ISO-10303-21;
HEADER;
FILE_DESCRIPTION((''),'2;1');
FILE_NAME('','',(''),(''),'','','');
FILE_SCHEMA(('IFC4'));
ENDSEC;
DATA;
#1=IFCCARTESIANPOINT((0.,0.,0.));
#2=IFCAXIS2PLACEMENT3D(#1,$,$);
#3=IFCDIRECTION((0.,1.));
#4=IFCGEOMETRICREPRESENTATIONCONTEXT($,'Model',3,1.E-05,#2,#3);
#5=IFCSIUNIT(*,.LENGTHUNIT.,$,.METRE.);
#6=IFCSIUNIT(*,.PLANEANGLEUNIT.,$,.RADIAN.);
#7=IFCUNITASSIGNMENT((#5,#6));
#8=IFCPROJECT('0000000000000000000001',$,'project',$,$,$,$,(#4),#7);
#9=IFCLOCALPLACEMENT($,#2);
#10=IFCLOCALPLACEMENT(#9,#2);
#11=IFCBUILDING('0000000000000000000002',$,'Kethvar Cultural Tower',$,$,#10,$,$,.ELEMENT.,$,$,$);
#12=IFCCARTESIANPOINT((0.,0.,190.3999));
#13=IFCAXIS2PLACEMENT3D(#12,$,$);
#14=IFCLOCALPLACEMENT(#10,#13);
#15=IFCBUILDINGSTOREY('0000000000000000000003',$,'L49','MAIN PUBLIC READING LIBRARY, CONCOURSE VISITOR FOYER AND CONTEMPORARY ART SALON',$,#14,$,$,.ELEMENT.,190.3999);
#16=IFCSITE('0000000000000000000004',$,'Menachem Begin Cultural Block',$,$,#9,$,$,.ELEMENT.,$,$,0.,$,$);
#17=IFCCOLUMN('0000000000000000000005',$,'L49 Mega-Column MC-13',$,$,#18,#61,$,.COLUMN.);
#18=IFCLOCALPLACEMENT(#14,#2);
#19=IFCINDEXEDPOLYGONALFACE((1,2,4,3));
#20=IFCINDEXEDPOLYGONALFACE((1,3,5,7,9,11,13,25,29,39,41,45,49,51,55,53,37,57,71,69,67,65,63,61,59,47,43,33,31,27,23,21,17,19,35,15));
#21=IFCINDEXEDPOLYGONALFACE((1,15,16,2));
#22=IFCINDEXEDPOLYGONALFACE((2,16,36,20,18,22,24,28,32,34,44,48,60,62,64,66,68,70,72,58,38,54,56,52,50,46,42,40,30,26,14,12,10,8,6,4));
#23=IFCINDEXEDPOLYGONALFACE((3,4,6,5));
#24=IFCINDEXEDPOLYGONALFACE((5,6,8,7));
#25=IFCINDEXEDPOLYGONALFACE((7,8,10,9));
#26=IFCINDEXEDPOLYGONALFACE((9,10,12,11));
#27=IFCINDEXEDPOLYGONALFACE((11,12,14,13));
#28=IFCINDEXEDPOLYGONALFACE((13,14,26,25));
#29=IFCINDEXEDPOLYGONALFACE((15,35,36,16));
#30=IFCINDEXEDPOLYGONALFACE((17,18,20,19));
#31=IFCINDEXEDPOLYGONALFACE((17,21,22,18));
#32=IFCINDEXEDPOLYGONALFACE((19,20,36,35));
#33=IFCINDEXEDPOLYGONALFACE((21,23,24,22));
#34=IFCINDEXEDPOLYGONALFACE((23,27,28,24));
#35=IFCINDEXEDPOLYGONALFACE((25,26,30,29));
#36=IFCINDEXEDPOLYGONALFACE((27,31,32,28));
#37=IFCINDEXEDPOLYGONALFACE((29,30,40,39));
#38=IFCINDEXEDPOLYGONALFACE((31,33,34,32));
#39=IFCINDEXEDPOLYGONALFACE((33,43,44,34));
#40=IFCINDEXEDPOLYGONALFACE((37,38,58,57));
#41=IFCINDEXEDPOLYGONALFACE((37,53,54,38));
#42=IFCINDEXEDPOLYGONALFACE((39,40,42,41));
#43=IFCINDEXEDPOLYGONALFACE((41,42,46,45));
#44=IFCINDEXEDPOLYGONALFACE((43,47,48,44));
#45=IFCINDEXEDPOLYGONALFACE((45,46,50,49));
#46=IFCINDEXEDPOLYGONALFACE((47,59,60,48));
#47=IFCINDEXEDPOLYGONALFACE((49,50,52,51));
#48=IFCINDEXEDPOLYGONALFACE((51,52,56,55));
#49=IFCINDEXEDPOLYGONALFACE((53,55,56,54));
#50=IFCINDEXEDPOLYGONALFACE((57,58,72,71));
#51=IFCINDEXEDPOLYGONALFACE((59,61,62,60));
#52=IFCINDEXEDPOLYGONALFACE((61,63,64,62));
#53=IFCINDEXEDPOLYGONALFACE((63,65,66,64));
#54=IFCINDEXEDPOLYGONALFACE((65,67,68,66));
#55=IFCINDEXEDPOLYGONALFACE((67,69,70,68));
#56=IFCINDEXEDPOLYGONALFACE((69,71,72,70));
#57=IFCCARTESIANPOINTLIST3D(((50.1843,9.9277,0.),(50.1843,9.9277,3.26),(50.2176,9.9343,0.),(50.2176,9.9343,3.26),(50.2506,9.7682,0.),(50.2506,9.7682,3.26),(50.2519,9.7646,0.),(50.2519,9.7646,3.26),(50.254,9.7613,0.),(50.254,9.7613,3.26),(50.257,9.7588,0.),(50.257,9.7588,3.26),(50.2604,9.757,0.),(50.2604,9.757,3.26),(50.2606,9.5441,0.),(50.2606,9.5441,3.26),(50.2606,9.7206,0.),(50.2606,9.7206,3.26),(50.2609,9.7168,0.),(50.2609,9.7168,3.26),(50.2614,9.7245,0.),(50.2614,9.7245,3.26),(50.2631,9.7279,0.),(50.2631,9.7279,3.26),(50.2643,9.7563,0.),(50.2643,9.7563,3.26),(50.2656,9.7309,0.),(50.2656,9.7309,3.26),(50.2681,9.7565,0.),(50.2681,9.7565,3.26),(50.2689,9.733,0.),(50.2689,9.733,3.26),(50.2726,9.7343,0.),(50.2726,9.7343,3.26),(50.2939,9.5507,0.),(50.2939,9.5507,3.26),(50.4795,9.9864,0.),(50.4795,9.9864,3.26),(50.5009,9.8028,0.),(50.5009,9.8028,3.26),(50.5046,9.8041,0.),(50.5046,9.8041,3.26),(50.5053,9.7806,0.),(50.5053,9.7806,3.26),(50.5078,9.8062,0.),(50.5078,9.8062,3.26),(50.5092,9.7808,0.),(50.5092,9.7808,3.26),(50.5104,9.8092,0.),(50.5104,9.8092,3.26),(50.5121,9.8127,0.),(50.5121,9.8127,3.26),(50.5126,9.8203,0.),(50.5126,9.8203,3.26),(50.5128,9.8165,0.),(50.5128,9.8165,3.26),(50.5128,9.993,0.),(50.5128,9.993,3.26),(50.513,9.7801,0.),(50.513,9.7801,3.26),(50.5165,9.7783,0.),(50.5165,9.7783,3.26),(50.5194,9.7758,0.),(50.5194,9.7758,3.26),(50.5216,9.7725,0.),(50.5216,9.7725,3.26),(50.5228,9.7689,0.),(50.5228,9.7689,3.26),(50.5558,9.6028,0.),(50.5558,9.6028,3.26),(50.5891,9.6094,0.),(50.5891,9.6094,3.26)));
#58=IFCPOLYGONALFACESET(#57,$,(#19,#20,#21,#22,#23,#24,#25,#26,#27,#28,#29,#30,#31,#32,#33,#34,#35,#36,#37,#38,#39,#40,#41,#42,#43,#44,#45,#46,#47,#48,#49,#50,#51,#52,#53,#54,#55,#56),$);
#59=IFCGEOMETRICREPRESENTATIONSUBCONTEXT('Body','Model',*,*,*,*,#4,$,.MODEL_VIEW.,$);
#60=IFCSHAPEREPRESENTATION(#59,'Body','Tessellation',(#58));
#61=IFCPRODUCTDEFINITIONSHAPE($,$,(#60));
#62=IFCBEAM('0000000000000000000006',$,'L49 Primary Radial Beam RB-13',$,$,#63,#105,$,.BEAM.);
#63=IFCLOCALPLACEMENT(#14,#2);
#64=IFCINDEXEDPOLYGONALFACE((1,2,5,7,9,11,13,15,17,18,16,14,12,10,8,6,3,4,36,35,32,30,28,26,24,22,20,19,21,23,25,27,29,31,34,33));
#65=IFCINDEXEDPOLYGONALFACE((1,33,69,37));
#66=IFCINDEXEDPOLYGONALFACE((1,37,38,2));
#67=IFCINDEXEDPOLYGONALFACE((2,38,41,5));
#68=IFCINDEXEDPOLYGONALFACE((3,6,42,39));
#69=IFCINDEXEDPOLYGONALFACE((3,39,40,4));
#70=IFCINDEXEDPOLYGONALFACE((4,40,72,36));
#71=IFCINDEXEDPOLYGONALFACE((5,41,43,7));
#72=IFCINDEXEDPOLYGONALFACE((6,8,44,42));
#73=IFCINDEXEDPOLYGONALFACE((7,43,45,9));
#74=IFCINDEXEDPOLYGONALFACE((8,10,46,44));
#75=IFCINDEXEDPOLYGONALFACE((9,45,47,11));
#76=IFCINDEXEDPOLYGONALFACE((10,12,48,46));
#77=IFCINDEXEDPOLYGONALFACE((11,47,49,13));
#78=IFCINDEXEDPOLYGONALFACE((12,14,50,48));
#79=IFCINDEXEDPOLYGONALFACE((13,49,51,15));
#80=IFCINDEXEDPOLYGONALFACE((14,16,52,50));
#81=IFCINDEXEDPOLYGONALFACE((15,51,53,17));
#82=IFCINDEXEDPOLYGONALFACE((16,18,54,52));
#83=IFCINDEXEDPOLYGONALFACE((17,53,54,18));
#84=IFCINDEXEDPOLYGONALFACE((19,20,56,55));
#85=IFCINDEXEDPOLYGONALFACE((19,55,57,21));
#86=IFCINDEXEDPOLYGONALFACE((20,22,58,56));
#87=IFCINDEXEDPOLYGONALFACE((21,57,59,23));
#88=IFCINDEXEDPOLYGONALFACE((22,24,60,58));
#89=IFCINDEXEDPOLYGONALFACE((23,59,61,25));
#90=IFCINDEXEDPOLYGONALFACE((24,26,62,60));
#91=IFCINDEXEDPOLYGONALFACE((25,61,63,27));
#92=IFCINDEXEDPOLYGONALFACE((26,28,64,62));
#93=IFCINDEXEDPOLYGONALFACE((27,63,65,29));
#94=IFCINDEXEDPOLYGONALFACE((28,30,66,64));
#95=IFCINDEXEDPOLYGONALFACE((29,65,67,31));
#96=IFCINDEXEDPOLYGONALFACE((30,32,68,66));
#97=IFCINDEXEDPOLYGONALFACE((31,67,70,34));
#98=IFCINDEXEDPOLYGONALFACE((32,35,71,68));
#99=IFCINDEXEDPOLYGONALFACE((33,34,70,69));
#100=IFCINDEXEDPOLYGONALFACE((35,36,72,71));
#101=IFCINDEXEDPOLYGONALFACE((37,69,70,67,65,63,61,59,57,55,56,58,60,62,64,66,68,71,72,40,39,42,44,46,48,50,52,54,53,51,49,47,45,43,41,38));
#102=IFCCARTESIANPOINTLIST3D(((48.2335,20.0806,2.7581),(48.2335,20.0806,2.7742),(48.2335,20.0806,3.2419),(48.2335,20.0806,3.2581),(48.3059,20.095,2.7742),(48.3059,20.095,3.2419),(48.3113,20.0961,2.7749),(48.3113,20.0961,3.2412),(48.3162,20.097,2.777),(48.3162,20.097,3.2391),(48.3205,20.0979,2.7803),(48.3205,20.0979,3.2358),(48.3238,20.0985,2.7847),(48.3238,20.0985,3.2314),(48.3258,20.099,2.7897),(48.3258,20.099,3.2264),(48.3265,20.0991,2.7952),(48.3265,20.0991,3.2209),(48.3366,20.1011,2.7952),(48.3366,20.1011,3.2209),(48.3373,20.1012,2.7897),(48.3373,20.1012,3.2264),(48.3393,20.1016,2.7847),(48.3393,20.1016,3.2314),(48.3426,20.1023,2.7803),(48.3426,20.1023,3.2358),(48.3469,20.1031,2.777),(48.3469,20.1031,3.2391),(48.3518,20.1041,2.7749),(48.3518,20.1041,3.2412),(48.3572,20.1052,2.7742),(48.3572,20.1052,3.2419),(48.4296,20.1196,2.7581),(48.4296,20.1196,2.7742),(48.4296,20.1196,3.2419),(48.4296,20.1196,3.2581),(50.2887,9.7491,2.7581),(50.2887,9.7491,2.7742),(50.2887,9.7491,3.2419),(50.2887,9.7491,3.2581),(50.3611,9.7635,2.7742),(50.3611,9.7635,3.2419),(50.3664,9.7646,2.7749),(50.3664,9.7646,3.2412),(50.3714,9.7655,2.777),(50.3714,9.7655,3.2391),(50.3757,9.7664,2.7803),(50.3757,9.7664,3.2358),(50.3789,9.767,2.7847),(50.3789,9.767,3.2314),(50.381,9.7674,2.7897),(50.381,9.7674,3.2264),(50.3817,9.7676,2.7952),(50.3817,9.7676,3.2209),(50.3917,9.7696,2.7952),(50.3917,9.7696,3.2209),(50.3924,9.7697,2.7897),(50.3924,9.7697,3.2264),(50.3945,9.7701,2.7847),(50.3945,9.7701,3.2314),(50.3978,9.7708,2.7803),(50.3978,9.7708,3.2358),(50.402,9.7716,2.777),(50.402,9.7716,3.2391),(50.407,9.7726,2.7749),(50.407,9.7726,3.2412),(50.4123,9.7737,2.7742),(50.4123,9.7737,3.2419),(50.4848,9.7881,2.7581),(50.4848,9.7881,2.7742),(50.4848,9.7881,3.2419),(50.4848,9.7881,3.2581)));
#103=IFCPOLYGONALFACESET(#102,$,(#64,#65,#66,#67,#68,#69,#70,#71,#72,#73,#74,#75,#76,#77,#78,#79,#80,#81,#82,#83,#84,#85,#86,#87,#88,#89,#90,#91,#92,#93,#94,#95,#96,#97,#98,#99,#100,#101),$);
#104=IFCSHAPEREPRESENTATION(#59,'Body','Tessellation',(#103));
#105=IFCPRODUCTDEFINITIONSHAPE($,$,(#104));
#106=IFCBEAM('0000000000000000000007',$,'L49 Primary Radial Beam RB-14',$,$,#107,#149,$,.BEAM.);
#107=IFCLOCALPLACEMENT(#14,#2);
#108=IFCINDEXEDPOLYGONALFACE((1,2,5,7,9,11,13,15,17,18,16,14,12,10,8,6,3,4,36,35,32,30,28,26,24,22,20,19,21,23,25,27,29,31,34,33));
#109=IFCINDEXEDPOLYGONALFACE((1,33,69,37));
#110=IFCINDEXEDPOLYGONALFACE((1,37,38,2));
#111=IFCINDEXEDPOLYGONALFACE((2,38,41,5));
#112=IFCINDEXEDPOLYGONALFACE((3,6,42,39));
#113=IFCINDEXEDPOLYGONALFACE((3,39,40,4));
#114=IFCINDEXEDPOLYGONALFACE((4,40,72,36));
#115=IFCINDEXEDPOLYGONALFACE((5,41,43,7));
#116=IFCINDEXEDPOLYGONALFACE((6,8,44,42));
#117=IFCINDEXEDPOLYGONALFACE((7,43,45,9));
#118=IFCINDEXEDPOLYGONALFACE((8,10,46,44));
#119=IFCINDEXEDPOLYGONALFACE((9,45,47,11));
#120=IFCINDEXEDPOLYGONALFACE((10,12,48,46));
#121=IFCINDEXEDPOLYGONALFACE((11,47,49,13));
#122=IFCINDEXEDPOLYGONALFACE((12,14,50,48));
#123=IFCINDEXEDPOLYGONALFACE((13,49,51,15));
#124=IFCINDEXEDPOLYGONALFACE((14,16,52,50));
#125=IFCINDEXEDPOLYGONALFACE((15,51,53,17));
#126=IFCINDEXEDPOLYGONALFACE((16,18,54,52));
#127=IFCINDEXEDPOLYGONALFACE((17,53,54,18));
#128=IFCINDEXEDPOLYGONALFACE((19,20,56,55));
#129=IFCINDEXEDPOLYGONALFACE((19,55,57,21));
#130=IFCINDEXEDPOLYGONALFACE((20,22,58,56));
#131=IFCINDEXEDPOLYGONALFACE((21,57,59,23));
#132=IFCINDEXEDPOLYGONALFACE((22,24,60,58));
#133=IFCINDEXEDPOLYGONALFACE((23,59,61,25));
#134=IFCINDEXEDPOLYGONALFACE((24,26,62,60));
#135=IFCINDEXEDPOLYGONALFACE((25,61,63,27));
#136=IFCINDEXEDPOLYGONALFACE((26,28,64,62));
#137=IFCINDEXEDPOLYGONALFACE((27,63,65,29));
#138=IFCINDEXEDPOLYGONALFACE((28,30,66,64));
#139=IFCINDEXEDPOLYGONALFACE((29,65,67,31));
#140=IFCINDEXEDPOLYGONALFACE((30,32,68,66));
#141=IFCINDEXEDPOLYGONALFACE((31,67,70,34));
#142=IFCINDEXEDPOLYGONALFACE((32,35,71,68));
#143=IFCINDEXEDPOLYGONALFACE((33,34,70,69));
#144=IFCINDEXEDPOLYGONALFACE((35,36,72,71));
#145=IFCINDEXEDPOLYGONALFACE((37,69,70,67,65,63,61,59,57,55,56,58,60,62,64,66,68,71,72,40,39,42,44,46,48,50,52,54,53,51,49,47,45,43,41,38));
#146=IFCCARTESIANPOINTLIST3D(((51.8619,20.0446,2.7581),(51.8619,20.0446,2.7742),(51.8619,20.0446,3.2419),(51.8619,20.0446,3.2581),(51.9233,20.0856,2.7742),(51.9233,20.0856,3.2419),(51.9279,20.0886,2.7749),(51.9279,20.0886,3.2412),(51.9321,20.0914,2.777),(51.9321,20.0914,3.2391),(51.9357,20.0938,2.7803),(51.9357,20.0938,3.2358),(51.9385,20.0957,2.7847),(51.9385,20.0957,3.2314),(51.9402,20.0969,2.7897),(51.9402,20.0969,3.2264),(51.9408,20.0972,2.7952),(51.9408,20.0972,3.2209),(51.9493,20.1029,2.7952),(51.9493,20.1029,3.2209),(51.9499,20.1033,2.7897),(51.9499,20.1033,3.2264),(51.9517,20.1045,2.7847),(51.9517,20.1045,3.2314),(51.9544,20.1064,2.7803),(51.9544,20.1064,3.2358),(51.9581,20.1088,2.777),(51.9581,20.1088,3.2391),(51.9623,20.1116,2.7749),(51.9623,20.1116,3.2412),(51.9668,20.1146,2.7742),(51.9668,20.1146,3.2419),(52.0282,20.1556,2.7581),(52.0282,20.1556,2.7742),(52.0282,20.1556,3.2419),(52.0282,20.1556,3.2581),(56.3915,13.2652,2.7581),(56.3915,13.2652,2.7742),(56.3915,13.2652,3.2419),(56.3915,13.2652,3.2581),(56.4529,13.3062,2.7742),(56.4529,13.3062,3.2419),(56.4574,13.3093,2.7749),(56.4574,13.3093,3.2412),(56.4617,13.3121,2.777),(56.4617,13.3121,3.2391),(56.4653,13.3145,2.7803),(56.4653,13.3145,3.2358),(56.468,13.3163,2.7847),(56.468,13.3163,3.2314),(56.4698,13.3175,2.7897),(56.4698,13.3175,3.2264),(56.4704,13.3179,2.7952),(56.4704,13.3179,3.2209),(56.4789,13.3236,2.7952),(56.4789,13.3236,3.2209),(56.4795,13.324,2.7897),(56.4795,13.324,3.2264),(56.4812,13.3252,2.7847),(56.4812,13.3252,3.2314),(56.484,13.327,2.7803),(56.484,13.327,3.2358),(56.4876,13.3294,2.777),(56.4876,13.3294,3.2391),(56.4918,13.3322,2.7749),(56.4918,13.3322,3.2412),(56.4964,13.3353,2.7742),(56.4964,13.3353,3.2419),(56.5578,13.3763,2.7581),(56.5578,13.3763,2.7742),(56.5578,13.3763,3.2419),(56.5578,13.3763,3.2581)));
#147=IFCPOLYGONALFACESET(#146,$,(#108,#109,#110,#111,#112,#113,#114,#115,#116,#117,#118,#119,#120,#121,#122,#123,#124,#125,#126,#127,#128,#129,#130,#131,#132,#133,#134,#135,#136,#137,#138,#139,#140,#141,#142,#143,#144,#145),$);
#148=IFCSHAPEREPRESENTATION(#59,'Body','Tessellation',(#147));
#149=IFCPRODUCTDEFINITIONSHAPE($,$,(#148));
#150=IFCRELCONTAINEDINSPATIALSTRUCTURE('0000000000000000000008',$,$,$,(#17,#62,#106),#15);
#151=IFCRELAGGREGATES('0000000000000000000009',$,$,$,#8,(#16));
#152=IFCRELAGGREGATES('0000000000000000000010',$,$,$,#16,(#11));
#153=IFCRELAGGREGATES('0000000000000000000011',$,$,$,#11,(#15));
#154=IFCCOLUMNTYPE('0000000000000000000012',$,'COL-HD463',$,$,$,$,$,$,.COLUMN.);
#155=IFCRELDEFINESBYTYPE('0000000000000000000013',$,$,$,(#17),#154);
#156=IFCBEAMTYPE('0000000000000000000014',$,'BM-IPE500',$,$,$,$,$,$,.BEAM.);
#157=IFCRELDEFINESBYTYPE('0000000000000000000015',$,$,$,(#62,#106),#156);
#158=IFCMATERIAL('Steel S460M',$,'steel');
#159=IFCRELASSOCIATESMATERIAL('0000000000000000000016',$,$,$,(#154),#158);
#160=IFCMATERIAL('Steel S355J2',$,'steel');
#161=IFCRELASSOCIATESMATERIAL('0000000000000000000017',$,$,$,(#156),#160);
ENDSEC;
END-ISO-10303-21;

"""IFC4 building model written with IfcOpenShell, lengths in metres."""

from ifc_helpers import new_model, si_unit, direction, frame, origin, origin_2d, place, context, subcontext, project, spatial, i_section, extrude, source, transform, mapped, material, material_profile, profile_set, type_object, element, save


model = new_model("IFC4")

# Units and contexts
model_context = context("Model", 3, precision=1e-05, world=origin(), true_north=direction((0.0, 1.0)))
body_context = subcontext(model_context, "Body", "Model", "MODEL_VIEW")
ifc_project = project(units=[si_unit("LENGTHUNIT", "METRE"), si_unit("PLANEANGLEUNIT", "RADIAN")], contexts=[model_context])

# Site, building, storey
site_placement = place(None, origin())
site = spatial("IfcSite", under=ifc_project, at=site_placement, Name="Menachem Begin Cultural Block", CompositionType="ELEMENT", RefElevation=0.0)
building_placement = place(site_placement, origin())
building = spatial("IfcBuilding", under=site, at=building_placement, Name="Kethvar Cultural Tower", CompositionType="ELEMENT")
storey_placement = place(building_placement, frame((0.0, 0.0, 190.3999)))
storey = spatial("IfcBuildingStorey", under=building, at=storey_placement, Name="L49", Description="MAIN PUBLIC READING LIBRARY, CONCOURSE VISITOR FOYER AND CONTEMPORARY ART SALON", CompositionType="ELEMENT", Elevation=190.3999)

# Column
ifc_material_1 = material(Name="Steel S460M", Category="steel")
ifc_material_profile_1 = material_profile(ifc_material_1, i_section(OverallWidth=0.3911, OverallDepth=0.335, WebThickness=0.0227, FlangeThickness=0.0339, FilletRadius=0.0149, at=origin_2d()), Name="Steel S460M — HD400x463")
ifc_profile_set_1 = profile_set([ifc_material_profile_1], Name="Steel S460M — HD400x463")
column_type = type_object("IfcColumnType", Name="COL-HD463", PredefinedType="COLUMN", material=ifc_profile_set_1)
shared_shape_1 = source(origin(), body_context, "Body", "SweptSolid", [
    extrude(i_section(OverallWidth=0.3911, OverallDepth=0.335, WebThickness=0.0227, FlangeThickness=0.0339, FilletRadius=0.0149, at=origin_2d()), origin(), (0.0, 0.0, 1.0), 3.26),
])
column_placement = place(storey_placement, frame((50.3867, 9.7686, 0.0), z_axis=(0.0, 0.0, 1.0), x_axis=(0.19509, -0.980785, 0.0)))
element("IfcColumn", 1, at=column_placement, inside=storey, type_object=column_type, Name="L49 Mega-Column MC-13", PredefinedType="COLUMN", context=body_context, shape_type="MappedRepresentation", body=[
    mapped(shared_shape_1, transform((0.0, 0.0, 0.0), scale=1.0)),
])

# Beams
ifc_material_2 = material(Name="Steel S355J2", Category="steel")
ifc_material_profile_2 = material_profile(ifc_material_2, i_section(OverallWidth=0.2, OverallDepth=0.5, WebThickness=0.0103, FlangeThickness=0.0161, FilletRadius=0.021, at=origin_2d()), Name="Steel S355J2 — IPE500")
ifc_profile_set_2 = profile_set([ifc_material_profile_2], Name="Steel S355J2 — IPE500")
beam_type_1 = type_object("IfcBeamType", Name="BM-IPE500", PredefinedType="BEAM", material=ifc_profile_set_2)
shared_shape_2 = source(origin(), body_context, "Body", "SweptSolid", [
    extrude(i_section(OverallWidth=0.2, OverallDepth=0.5, WebThickness=0.0103, FlangeThickness=0.0161, FilletRadius=0.021, at=origin_2d()), origin(), (0.0, 0.0, 1.0), 10.5339),
])
beam_1_placement = place(storey_placement, frame((48.3315, 20.1001, 3.0081), z_axis=(0.1951, -0.980783, 0.0), x_axis=(0.980783, 0.1951, 0.0)))
element("IfcBeam", 2, at=beam_1_placement, inside=storey, type_object=beam_type_1, Name="L49 Primary Radial Beam RB-13", PredefinedType="BEAM", context=body_context, shape_type="MappedRepresentation", body=[
    mapped(shared_shape_2, transform((0.0, 0.0, 0.0), scale=1.0)),
])
shared_shape_3 = source(origin(), body_context, "Body", "SweptSolid", [
    extrude(i_section(OverallWidth=0.2, OverallDepth=0.5, WebThickness=0.0103, FlangeThickness=0.0161, FilletRadius=0.021, at=origin_2d()), origin(), (0.0, 0.0, 1.0), 8.1533),
])
beam_2_placement = place(storey_placement, frame((51.9451, 20.1001, 3.0081), z_axis=(0.55555, -0.831483, 0.0), x_axis=(0.831483, 0.55555, 0.0)))
element("IfcBeam", 3, at=beam_2_placement, inside=storey, type_object=beam_type_1, Name="L49 Primary Radial Beam RB-14", PredefinedType="BEAM", context=body_context, shape_type="MappedRepresentation", body=[
    mapped(shared_shape_3, transform((0.0, 0.0, 0.0), scale=1.0)),
])

save(model, "model.ifc")
